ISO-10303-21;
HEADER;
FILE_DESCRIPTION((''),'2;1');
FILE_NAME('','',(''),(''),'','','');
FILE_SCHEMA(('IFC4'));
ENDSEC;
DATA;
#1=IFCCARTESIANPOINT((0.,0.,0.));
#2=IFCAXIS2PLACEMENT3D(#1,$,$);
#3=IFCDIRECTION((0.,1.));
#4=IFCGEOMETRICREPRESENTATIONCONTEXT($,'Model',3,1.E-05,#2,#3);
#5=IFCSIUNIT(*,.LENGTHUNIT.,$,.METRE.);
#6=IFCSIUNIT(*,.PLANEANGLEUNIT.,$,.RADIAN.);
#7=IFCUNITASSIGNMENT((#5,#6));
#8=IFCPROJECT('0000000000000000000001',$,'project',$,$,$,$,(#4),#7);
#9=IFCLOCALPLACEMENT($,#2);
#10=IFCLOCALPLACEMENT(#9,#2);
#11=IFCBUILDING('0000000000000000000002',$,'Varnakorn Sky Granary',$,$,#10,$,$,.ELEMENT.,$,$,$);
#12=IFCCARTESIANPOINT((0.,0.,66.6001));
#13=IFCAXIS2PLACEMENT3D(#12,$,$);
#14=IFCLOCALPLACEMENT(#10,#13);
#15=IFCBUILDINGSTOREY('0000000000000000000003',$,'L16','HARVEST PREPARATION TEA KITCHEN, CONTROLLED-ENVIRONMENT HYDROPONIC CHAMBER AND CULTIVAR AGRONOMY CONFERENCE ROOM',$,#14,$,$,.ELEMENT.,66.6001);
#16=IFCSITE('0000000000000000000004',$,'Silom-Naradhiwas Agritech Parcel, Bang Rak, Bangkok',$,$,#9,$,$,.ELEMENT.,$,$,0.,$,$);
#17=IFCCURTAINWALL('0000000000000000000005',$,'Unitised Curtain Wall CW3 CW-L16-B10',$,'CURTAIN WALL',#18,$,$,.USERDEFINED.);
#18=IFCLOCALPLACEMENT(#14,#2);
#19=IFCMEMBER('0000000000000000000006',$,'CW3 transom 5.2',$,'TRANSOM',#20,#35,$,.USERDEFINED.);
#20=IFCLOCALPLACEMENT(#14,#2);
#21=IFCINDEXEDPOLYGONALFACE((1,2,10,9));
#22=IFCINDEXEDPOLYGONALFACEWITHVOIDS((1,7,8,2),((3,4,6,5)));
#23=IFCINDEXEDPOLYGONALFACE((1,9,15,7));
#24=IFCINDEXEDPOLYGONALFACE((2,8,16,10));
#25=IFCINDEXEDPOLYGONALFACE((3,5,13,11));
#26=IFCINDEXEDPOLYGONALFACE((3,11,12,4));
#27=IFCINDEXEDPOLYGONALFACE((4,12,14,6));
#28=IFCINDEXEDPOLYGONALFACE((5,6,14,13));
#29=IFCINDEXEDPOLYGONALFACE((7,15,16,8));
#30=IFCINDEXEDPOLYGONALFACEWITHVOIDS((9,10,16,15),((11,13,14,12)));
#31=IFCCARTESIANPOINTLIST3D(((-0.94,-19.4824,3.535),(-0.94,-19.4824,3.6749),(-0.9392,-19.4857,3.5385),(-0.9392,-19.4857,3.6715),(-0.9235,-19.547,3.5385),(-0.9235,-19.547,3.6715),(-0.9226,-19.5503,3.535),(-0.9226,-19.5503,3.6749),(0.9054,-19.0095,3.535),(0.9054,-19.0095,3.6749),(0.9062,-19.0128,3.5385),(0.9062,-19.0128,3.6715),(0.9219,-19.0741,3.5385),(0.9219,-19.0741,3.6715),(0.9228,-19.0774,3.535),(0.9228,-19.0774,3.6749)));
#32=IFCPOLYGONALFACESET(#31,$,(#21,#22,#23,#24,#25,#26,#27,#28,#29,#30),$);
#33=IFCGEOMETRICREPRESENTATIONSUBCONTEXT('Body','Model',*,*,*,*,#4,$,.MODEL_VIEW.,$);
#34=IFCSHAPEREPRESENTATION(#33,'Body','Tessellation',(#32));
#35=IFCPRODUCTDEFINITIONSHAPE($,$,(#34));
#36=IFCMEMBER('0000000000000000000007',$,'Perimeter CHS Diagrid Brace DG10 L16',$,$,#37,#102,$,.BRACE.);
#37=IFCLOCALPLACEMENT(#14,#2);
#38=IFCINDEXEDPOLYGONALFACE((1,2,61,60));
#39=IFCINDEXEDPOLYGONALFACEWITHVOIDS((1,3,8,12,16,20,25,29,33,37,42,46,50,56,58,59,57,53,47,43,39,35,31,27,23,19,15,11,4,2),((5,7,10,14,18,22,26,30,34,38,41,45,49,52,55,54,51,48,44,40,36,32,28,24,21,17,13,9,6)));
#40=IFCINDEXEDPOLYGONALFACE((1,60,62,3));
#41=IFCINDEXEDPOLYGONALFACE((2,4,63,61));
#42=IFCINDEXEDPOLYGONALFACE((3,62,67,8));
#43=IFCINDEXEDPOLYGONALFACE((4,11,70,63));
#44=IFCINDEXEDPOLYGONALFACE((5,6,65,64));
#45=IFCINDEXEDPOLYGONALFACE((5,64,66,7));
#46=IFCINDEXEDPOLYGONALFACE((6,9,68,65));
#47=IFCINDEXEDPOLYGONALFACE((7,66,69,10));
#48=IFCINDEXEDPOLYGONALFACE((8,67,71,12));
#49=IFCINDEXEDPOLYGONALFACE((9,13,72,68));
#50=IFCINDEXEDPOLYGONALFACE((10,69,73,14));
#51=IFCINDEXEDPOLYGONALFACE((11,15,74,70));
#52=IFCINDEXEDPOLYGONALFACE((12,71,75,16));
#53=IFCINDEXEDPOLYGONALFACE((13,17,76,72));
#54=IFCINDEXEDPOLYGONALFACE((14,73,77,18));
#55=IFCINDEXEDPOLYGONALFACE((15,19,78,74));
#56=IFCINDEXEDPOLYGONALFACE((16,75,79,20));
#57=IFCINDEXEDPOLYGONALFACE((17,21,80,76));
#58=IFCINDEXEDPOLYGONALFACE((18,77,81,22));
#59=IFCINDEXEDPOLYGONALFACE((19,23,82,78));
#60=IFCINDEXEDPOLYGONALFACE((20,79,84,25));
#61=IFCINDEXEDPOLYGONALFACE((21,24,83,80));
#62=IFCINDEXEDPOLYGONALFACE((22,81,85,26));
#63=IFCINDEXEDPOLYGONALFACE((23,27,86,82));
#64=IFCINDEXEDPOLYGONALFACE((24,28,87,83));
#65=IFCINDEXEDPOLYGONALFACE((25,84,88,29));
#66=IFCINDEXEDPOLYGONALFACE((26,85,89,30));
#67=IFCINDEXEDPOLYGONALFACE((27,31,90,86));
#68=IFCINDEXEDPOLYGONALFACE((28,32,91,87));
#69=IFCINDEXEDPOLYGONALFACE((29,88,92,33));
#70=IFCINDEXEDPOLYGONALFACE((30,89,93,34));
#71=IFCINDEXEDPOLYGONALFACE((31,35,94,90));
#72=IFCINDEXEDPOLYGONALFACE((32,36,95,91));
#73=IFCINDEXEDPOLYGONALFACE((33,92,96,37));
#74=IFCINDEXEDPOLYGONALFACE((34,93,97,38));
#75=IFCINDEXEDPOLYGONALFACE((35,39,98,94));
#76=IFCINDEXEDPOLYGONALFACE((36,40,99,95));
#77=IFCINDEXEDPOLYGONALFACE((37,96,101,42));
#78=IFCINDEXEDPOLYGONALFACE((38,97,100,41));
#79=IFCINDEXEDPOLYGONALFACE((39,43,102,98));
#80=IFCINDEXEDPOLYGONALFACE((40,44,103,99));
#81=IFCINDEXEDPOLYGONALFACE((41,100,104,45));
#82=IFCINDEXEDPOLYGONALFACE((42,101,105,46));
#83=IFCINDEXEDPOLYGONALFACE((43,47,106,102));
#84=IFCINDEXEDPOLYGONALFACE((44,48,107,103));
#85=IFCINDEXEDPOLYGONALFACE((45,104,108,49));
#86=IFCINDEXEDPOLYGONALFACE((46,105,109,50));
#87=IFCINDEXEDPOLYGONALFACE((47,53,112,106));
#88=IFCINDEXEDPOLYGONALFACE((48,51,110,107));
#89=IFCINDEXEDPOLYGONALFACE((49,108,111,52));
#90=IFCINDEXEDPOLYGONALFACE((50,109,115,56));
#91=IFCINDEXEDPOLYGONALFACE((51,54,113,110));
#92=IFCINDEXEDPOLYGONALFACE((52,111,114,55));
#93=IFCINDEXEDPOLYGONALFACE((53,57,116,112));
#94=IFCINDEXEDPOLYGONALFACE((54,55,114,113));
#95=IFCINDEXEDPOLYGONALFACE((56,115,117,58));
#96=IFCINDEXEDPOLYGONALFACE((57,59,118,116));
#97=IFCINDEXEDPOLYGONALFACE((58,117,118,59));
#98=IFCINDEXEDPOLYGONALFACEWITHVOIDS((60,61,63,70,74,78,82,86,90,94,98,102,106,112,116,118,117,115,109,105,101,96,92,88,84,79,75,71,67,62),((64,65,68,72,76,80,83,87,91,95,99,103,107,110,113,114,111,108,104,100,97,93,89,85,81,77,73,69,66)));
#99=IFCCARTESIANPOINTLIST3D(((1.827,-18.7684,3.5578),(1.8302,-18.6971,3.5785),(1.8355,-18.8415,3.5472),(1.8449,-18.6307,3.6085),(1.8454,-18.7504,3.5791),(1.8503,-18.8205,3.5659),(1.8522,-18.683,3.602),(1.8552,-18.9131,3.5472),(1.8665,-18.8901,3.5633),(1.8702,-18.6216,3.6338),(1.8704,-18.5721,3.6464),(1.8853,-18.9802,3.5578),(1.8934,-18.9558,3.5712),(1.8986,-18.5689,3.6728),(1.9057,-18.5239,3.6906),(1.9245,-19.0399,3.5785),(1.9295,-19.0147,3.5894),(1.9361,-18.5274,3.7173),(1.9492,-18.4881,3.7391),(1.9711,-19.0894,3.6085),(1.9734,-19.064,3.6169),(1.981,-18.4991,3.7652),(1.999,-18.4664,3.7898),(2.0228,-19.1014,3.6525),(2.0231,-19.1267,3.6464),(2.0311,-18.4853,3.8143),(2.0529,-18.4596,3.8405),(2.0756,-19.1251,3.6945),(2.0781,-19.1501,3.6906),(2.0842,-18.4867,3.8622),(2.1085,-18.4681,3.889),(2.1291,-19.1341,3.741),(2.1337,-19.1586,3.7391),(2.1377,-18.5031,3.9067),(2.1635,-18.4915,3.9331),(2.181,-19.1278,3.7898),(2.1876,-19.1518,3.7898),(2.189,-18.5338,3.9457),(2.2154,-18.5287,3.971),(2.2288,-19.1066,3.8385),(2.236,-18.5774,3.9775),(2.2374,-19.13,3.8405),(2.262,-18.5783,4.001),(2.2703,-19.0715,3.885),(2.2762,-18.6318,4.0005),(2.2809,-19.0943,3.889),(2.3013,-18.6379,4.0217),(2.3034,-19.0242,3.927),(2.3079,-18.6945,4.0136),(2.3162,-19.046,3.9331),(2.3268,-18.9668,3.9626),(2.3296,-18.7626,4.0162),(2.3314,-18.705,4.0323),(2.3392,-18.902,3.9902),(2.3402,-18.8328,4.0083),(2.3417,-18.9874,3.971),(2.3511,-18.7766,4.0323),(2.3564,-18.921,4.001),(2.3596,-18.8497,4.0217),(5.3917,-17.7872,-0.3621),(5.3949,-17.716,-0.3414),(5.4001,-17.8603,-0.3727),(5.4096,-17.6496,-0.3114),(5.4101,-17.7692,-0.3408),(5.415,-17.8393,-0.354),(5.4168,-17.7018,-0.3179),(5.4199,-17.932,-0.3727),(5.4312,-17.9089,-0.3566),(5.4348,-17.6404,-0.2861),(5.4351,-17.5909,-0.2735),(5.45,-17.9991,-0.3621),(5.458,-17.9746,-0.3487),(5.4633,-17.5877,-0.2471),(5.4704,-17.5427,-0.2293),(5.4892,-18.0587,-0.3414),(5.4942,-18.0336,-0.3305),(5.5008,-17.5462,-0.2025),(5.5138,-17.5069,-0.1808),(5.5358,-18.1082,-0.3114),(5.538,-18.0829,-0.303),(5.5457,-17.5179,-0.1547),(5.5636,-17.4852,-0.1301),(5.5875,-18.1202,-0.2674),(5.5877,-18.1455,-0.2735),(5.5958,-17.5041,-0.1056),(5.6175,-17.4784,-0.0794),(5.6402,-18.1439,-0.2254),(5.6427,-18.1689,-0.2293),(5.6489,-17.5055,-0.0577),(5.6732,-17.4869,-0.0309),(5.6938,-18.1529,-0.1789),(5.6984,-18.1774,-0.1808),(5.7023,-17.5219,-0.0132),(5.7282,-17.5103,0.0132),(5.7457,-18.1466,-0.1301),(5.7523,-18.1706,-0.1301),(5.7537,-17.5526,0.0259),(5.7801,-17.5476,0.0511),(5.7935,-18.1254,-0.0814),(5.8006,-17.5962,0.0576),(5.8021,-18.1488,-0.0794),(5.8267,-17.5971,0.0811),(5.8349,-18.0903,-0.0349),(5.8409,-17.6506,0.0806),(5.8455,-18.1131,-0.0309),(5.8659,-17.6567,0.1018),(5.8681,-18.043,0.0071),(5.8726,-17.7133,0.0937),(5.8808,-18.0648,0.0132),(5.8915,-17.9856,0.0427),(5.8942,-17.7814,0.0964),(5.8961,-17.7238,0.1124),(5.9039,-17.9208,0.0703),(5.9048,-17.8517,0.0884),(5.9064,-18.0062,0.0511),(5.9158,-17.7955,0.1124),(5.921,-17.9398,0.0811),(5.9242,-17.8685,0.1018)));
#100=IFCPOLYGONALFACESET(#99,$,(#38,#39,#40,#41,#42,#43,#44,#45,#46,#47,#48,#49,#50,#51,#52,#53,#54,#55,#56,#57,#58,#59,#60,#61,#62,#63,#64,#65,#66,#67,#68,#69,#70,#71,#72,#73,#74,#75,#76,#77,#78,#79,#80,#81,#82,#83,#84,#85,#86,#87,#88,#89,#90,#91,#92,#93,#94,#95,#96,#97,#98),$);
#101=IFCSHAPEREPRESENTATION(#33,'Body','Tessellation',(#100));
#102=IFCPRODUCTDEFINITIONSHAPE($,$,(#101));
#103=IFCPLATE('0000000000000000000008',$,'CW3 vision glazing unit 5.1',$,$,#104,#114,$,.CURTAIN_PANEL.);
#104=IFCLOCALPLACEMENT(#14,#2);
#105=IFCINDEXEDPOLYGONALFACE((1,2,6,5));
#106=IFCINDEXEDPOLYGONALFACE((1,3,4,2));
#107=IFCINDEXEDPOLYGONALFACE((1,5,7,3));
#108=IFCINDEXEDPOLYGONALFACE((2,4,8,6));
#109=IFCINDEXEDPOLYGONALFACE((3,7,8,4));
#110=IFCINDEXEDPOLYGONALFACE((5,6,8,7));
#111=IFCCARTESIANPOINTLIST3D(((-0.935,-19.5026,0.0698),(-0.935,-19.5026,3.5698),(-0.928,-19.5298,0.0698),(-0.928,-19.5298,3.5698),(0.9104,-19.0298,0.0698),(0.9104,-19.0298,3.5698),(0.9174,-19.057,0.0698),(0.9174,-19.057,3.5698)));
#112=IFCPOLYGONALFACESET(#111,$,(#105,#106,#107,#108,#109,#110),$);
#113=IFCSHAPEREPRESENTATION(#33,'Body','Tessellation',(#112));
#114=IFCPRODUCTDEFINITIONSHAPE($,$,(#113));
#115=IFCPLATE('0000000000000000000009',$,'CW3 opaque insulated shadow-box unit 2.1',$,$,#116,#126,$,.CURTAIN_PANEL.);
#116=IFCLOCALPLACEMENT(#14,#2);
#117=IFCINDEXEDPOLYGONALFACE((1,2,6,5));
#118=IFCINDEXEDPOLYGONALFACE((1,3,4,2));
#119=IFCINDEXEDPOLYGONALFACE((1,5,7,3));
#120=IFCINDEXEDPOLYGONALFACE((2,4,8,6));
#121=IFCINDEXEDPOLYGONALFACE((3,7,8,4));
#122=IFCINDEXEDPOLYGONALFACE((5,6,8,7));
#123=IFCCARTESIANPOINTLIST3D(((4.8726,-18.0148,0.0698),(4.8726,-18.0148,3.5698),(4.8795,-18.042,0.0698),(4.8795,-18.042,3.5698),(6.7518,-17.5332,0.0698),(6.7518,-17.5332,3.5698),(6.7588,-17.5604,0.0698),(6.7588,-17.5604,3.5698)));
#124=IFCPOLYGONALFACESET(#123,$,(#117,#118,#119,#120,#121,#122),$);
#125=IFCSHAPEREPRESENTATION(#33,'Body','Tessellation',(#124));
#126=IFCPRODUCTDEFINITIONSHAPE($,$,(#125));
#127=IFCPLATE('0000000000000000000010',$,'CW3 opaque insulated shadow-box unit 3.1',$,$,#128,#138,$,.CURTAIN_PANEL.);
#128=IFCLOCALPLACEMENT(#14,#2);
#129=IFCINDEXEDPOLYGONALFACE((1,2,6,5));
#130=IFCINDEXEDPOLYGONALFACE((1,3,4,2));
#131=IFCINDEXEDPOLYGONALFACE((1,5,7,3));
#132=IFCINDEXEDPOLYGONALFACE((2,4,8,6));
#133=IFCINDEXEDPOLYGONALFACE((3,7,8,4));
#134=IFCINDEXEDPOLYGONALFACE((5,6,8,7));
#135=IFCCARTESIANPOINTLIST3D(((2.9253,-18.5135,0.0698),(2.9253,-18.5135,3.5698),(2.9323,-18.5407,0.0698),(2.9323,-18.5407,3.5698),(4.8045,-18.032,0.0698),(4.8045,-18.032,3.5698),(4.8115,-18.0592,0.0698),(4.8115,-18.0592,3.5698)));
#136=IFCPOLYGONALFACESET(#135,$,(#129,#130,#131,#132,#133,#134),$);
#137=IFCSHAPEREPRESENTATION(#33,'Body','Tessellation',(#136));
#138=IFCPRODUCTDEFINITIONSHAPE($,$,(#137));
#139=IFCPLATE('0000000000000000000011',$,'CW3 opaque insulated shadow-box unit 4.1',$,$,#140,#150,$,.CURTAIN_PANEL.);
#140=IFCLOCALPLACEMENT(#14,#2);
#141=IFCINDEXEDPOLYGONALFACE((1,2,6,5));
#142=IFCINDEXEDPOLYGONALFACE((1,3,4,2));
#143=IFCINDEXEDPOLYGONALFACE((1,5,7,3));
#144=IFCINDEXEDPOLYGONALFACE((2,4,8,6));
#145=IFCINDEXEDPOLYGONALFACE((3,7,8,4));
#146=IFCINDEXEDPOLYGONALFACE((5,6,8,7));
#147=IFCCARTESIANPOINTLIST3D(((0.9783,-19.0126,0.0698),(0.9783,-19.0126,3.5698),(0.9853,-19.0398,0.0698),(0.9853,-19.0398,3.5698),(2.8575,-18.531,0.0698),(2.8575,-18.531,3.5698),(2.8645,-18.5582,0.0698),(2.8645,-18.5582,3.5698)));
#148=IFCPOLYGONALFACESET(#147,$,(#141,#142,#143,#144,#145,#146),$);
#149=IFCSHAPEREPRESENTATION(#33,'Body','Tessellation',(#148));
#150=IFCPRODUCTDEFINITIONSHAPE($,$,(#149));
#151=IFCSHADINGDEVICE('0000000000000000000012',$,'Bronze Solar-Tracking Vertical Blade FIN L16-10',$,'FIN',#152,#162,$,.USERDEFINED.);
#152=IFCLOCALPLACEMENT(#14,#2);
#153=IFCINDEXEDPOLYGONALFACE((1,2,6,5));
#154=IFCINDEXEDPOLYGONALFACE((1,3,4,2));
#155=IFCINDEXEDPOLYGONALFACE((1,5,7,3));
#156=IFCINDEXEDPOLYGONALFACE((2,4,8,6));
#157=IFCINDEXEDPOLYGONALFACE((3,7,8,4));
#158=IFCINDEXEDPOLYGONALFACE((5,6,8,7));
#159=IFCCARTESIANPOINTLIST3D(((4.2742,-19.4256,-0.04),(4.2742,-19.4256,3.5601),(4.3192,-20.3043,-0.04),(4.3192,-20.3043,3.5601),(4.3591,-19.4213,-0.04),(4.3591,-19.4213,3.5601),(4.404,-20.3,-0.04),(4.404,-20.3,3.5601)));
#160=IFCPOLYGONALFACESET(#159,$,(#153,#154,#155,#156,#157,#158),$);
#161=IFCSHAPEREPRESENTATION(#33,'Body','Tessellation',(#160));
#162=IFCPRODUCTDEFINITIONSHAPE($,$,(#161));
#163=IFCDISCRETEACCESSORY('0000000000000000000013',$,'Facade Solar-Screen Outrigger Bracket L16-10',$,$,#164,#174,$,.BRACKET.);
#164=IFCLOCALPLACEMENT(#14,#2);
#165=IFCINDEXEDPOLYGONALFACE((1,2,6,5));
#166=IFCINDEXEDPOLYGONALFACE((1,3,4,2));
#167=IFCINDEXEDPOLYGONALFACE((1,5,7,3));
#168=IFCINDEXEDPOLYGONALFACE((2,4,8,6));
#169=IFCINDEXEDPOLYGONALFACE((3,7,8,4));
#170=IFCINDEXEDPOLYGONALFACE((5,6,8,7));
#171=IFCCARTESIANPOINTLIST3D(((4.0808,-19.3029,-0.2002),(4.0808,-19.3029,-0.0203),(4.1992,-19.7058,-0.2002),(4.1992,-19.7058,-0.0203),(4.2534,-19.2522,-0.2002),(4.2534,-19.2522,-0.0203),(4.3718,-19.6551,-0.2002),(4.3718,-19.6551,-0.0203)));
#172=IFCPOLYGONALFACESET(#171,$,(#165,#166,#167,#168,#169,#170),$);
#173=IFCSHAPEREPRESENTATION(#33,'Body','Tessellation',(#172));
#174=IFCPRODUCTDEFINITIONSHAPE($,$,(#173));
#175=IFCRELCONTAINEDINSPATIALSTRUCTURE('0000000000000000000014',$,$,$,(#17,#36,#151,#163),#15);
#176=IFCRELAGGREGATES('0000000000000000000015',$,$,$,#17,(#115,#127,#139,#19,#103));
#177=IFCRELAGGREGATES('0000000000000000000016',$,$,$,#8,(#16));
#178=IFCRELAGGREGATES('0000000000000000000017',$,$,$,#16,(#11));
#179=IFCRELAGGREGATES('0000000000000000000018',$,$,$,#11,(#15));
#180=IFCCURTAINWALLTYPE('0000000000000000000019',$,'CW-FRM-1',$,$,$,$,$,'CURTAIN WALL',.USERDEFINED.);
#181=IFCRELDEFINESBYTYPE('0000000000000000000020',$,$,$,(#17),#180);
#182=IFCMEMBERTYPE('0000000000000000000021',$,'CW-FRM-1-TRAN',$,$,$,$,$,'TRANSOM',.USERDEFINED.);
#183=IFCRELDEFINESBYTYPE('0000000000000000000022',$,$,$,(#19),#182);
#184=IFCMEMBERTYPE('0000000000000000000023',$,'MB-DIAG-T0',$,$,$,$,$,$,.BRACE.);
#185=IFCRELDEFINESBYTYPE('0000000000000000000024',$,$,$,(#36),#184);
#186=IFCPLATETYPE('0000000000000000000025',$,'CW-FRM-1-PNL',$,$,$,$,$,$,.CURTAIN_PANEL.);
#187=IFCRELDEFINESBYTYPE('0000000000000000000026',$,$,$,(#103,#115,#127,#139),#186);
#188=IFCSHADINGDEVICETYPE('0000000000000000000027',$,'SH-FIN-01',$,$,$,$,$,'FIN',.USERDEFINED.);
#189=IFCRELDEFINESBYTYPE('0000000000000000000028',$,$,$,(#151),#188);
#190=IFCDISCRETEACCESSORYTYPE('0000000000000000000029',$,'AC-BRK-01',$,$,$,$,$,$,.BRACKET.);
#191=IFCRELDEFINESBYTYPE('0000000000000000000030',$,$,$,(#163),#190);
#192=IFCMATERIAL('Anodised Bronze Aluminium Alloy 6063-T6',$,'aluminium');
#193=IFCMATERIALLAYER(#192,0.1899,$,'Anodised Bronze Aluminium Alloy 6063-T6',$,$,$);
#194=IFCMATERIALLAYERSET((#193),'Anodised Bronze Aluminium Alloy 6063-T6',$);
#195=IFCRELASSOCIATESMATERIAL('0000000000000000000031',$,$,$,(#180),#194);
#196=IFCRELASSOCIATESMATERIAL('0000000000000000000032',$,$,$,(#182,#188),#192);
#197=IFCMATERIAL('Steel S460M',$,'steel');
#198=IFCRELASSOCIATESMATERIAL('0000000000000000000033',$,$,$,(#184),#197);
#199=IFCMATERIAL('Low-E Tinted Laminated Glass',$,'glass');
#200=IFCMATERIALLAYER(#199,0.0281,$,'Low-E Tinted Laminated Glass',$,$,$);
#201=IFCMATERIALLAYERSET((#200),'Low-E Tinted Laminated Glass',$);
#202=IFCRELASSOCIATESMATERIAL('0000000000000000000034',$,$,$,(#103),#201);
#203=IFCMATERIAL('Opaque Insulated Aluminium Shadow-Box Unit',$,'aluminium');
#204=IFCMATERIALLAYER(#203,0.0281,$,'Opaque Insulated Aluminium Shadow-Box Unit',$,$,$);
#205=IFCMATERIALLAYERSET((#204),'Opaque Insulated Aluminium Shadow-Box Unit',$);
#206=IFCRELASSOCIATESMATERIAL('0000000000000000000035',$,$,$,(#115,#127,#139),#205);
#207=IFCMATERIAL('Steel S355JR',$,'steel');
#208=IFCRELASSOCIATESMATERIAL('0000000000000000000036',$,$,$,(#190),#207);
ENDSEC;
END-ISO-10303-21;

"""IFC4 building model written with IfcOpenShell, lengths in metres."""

from ifc_helpers import new_model, si_unit, direction, frame, origin, origin_2d, place, context, subcontext, project, spatial, rectangle, hollow_rectangle, hollow_circle, extrude, source, transform, mapped, material, layer, layer_set, material_profile, profile_set, type_object, type_shapes, element, aggregate, save


model = new_model("IFC4")

# Units and contexts
model_context = context("Model", 3, precision=1e-05, world=origin(), true_north=direction((0.0, 1.0)))
body_context = subcontext(model_context, "Body", "Model", "MODEL_VIEW")
ifc_project = project(units=[si_unit("LENGTHUNIT", "METRE"), si_unit("PLANEANGLEUNIT", "RADIAN")], contexts=[model_context])

# Site, building, storey
site_placement = place(None, origin())
site = spatial("IfcSite", under=ifc_project, at=site_placement, Name="Silom-Naradhiwas Agritech Parcel, Bang Rak, Bangkok", CompositionType="ELEMENT", RefElevation=0.0)
building_placement = place(site_placement, origin())
building = spatial("IfcBuilding", under=site, at=building_placement, Name="Varnakorn Sky Granary", CompositionType="ELEMENT")
storey_placement = place(building_placement, frame((0.0, 0.0, 66.6001)))
storey = spatial("IfcBuildingStorey", under=building, at=storey_placement, Name="L16", Description="HARVEST PREPARATION TEA KITCHEN, CONTROLLED-ENVIRONMENT HYDROPONIC CHAMBER AND CULTIVAR AGRONOMY CONFERENCE ROOM", CompositionType="ELEMENT", Elevation=66.6001)

# Curtain wall, member
ifc_material_1 = material(Name="Anodised Bronze Aluminium Alloy 6063-T6", Category="aluminium")
ifc_layer_1 = layer(ifc_material_1, 0.1899, Name="Anodised Bronze Aluminium Alloy 6063-T6")
ifc_layer_set_1 = layer_set([ifc_layer_1], Name="Anodised Bronze Aluminium Alloy 6063-T6")
curtain_wall_type = type_object("IfcCurtainWallType", Name="CW-FRM-1", ElementType="CURTAIN WALL", PredefinedType="USERDEFINED", material=ifc_layer_set_1)
curtain_wall_placement = place(storey_placement, origin())
curtain_wall = element("IfcCurtainWall", 1, at=curtain_wall_placement, inside=storey, type_object=curtain_wall_type, Name="Unitised Curtain Wall CW3 CW-L16-B10", ObjectType="CURTAIN WALL", PredefinedType="USERDEFINED")
ifc_material_profile_1 = material_profile(ifc_material_1, hollow_rectangle(XDim=0.0701, YDim=0.1399, WallThickness=0.0034, at=origin_2d()), Name="ALU TRAN 70x140")
ifc_profile_set_1 = profile_set([ifc_material_profile_1], Name="Anodised Bronze Aluminium Alloy 6063-T6")
member_type_1 = type_object("IfcMemberType", Name="CW-FRM-1-TRAN", ElementType="TRANSOM", PredefinedType="USERDEFINED", material=ifc_profile_set_1)
member_1_placement = place(storey_placement, frame((0.9141, -19.0435, 3.605), z_axis=(-0.968701, -0.24823, 0.0), x_axis=(0.24823, -0.968701, 0.0)))
member_1 = element("IfcMember", 2, at=member_1_placement, type_object=member_type_1, Name="CW3 transom 5.2", ObjectType="TRANSOM", PredefinedType="USERDEFINED", context=body_context, shape_type="SweptSolid", body=[
    extrude(hollow_rectangle(XDim=0.0701, YDim=0.1399, WallThickness=0.0034, at=origin_2d()), origin(), (0.0, 0.0, 1.0), 1.905),
])

# Member
ifc_material_2 = material(Name="Steel S460M", Category="steel")
ifc_material_profile_2 = material_profile(ifc_material_2, hollow_circle(Radius=0.3555, WallThickness=0.0249, at=origin_2d()), Name="CHS 711x25")
ifc_profile_set_2 = profile_set([ifc_material_profile_2], Name="Steel S460M")
member_type_2 = type_object("IfcMemberType", Name="MB-DIAG-T0", PredefinedType="BRACE", material=ifc_profile_set_2)
member_2_placement = place(storey_placement, frame((5.658, -17.8279, -0.1301), z_axis=(-0.661542, -0.182093, 0.727465), x_axis=(0.265385, -0.964142, 0.0)))
element("IfcMember", 3, at=member_2_placement, inside=storey, type_object=member_type_2, Name="Perimeter CHS Diagrid Brace DG10 L16", PredefinedType="BRACE", context=body_context, shape_type="SweptSolid", body=[
    extrude(hollow_circle(Radius=0.3555, WallThickness=0.0249, at=origin_2d()), origin(), (0.0, 0.0, 1.0), 5.3884),
])

# Plates
ifc_material_3 = material(Name="Low-E Tinted Laminated Glass", Category="glass")
ifc_layer_2 = layer(ifc_material_3, 0.0281, Name="Low-E Tinted Laminated Glass")
ifc_layer_set_2 = layer_set([ifc_layer_2], Name="Low-E Tinted Laminated Glass")
plate_type = type_object("IfcPlateType", Name="CW-FRM-1-PNL", PredefinedType="CURTAIN_PANEL")
shared_shape_1 = source(origin(), body_context, "Body", "SweptSolid", [
    extrude(rectangle(XDim=1.905, YDim=0.0281, at=origin_2d()), origin(), (0.0, 0.0, 1.0), 3.5),
])
plate_1_placement = place(storey_placement, frame((-0.0088, -19.2798, 0.0698), z_axis=(0.0, 0.0, 1.0), x_axis=(-0.968706, -0.248211, 0.0)))
plate_1 = element("IfcPlate", 4, at=plate_1_placement, type_object=plate_type, material=ifc_layer_set_2, Name="CW3 vision glazing unit 5.1", PredefinedType="CURTAIN_PANEL", context=body_context, shape_type="MappedRepresentation", body=[
    mapped(shared_shape_1, transform((0.0, 0.0, 0.0), x_axis=(1.0, 0.0, 0.0), y_axis=(0.0, 1.0, 0.0), z_axis=(0.0, 0.0, 1.0), scale=1.0)),
])
ifc_material_4 = material(Name="Opaque Insulated Aluminium Shadow-Box Unit", Category="aluminium")
ifc_layer_3 = layer(ifc_material_4, 0.0281, Name="Opaque Insulated Aluminium Shadow-Box Unit")
ifc_layer_set_3 = layer_set([ifc_layer_3], Name="Opaque Insulated Aluminium Shadow-Box Unit")
shared_shape_2 = source(origin(), body_context, "Body", "SweptSolid", [
    extrude(rectangle(XDim=1.9399, YDim=0.0281, at=origin_2d()), origin(), (0.0, 0.0, 1.0), 3.5),
])
type_shapes(plate_type, [shared_shape_1, shared_shape_2])
plate_2_placement = place(storey_placement, frame((5.8157, -17.7876, 0.0698), z_axis=(0.0, 0.0, 1.0), x_axis=(-0.968706, -0.248211, 0.0)))
plate_2 = element("IfcPlate", 5, at=plate_2_placement, type_object=plate_type, material=ifc_layer_set_3, Name="CW3 opaque insulated shadow-box unit 2.1", PredefinedType="CURTAIN_PANEL", context=body_context, shape_type="MappedRepresentation", body=[
    mapped(shared_shape_2, transform((0.0, 0.0, 0.0), x_axis=(1.0, 0.0, 0.0), y_axis=(0.0, 1.0, 0.0), z_axis=(0.0, 0.0, 1.0), scale=1.0)),
])
plate_3_placement = place(storey_placement, frame((3.8684, -18.2864, 0.0698), z_axis=(0.0, 0.0, 1.0), x_axis=(-0.968706, -0.248211, 0.0)))
plate_3 = element("IfcPlate", 6, at=plate_3_placement, type_object=plate_type, material=ifc_layer_set_3, Name="CW3 opaque insulated shadow-box unit 3.1", PredefinedType="CURTAIN_PANEL", context=body_context, shape_type="MappedRepresentation", body=[
    mapped(shared_shape_2, transform((0.0, 0.0, 0.0), x_axis=(1.0, 0.0, 0.0), y_axis=(0.0, 1.0, 0.0), z_axis=(0.0, 0.0, 1.0), scale=1.0)),
])
plate_4_placement = place(storey_placement, frame((1.9214, -18.7854, 0.0698), z_axis=(0.0, 0.0, 1.0), x_axis=(-0.968706, -0.248211, 0.0)))
plate_4 = element("IfcPlate", 7, at=plate_4_placement, type_object=plate_type, material=ifc_layer_set_3, Name="CW3 opaque insulated shadow-box unit 4.1", PredefinedType="CURTAIN_PANEL", context=body_context, shape_type="MappedRepresentation", body=[
    mapped(shared_shape_2, transform((0.0, 0.0, 0.0), x_axis=(1.0, 0.0, 0.0), y_axis=(0.0, 1.0, 0.0), z_axis=(0.0, 0.0, 1.0), scale=1.0)),
])
aggregate(curtain_wall, [plate_2, plate_3, plate_4, member_1, plate_1])

# Shading device
shading_device_type = type_object("IfcShadingDeviceType", Name="SH-FIN-01", ElementType="FIN", PredefinedType="USERDEFINED", material=ifc_material_1)
shared_shape_3 = source(origin(), body_context, "Body", "SweptSolid", [
    extrude(rectangle(XDim=0.085, YDim=0.8799, at=origin_2d()), origin(), (0.0, 0.0, 1.0), 3.6001),
])
type_shapes(shading_device_type, [shared_shape_3])
shading_device_placement = place(storey_placement, frame((4.3391, -19.8628, -0.04), z_axis=(0.0, 0.0, 1.0), x_axis=(0.998695, 0.051072, 0.0)))
element("IfcShadingDevice", 8, at=shading_device_placement, inside=storey, type_object=shading_device_type, Name="Bronze Solar-Tracking Vertical Blade FIN L16-10", ObjectType="FIN", PredefinedType="USERDEFINED", context=body_context, shape_type="MappedRepresentation", body=[
    mapped(shared_shape_3, transform((0.0, 0.0, 0.0), x_axis=(1.0, 0.0, 0.0), y_axis=(0.0, 1.0, 0.0), z_axis=(0.0, 0.0, 1.0), scale=1.0)),
])

# Discrete accessory
ifc_material_5 = material(Name="Steel S355JR", Category="steel")
discrete_accessory_type = type_object("IfcDiscreteAccessoryType", Name="AC-BRK-01", PredefinedType="BRACKET", material=ifc_material_5)
shared_shape_4 = source(origin(), body_context, "Body", "SweptSolid", [
    extrude(rectangle(XDim=0.1799, YDim=0.4199, at=origin_2d()), origin(), (0.0, 0.0, 1.0), 0.1799),
])
type_shapes(discrete_accessory_type, [shared_shape_4])
discrete_accessory_placement = place(storey_placement, frame((4.2263, -19.479, -0.2002), z_axis=(0.0, 0.0, 1.0), x_axis=(0.959403, 0.28204, 0.0)))
element("IfcDiscreteAccessory", 9, at=discrete_accessory_placement, inside=storey, type_object=discrete_accessory_type, Name="Facade Solar-Screen Outrigger Bracket L16-10", PredefinedType="BRACKET", context=body_context, shape_type="MappedRepresentation", body=[
    mapped(shared_shape_4, transform((0.0, 0.0, 0.0), x_axis=(1.0, 0.0, 0.0), y_axis=(0.0, 1.0, 0.0), z_axis=(0.0, 0.0, 1.0), scale=1.0)),
])

save(model, "model.ifc")
